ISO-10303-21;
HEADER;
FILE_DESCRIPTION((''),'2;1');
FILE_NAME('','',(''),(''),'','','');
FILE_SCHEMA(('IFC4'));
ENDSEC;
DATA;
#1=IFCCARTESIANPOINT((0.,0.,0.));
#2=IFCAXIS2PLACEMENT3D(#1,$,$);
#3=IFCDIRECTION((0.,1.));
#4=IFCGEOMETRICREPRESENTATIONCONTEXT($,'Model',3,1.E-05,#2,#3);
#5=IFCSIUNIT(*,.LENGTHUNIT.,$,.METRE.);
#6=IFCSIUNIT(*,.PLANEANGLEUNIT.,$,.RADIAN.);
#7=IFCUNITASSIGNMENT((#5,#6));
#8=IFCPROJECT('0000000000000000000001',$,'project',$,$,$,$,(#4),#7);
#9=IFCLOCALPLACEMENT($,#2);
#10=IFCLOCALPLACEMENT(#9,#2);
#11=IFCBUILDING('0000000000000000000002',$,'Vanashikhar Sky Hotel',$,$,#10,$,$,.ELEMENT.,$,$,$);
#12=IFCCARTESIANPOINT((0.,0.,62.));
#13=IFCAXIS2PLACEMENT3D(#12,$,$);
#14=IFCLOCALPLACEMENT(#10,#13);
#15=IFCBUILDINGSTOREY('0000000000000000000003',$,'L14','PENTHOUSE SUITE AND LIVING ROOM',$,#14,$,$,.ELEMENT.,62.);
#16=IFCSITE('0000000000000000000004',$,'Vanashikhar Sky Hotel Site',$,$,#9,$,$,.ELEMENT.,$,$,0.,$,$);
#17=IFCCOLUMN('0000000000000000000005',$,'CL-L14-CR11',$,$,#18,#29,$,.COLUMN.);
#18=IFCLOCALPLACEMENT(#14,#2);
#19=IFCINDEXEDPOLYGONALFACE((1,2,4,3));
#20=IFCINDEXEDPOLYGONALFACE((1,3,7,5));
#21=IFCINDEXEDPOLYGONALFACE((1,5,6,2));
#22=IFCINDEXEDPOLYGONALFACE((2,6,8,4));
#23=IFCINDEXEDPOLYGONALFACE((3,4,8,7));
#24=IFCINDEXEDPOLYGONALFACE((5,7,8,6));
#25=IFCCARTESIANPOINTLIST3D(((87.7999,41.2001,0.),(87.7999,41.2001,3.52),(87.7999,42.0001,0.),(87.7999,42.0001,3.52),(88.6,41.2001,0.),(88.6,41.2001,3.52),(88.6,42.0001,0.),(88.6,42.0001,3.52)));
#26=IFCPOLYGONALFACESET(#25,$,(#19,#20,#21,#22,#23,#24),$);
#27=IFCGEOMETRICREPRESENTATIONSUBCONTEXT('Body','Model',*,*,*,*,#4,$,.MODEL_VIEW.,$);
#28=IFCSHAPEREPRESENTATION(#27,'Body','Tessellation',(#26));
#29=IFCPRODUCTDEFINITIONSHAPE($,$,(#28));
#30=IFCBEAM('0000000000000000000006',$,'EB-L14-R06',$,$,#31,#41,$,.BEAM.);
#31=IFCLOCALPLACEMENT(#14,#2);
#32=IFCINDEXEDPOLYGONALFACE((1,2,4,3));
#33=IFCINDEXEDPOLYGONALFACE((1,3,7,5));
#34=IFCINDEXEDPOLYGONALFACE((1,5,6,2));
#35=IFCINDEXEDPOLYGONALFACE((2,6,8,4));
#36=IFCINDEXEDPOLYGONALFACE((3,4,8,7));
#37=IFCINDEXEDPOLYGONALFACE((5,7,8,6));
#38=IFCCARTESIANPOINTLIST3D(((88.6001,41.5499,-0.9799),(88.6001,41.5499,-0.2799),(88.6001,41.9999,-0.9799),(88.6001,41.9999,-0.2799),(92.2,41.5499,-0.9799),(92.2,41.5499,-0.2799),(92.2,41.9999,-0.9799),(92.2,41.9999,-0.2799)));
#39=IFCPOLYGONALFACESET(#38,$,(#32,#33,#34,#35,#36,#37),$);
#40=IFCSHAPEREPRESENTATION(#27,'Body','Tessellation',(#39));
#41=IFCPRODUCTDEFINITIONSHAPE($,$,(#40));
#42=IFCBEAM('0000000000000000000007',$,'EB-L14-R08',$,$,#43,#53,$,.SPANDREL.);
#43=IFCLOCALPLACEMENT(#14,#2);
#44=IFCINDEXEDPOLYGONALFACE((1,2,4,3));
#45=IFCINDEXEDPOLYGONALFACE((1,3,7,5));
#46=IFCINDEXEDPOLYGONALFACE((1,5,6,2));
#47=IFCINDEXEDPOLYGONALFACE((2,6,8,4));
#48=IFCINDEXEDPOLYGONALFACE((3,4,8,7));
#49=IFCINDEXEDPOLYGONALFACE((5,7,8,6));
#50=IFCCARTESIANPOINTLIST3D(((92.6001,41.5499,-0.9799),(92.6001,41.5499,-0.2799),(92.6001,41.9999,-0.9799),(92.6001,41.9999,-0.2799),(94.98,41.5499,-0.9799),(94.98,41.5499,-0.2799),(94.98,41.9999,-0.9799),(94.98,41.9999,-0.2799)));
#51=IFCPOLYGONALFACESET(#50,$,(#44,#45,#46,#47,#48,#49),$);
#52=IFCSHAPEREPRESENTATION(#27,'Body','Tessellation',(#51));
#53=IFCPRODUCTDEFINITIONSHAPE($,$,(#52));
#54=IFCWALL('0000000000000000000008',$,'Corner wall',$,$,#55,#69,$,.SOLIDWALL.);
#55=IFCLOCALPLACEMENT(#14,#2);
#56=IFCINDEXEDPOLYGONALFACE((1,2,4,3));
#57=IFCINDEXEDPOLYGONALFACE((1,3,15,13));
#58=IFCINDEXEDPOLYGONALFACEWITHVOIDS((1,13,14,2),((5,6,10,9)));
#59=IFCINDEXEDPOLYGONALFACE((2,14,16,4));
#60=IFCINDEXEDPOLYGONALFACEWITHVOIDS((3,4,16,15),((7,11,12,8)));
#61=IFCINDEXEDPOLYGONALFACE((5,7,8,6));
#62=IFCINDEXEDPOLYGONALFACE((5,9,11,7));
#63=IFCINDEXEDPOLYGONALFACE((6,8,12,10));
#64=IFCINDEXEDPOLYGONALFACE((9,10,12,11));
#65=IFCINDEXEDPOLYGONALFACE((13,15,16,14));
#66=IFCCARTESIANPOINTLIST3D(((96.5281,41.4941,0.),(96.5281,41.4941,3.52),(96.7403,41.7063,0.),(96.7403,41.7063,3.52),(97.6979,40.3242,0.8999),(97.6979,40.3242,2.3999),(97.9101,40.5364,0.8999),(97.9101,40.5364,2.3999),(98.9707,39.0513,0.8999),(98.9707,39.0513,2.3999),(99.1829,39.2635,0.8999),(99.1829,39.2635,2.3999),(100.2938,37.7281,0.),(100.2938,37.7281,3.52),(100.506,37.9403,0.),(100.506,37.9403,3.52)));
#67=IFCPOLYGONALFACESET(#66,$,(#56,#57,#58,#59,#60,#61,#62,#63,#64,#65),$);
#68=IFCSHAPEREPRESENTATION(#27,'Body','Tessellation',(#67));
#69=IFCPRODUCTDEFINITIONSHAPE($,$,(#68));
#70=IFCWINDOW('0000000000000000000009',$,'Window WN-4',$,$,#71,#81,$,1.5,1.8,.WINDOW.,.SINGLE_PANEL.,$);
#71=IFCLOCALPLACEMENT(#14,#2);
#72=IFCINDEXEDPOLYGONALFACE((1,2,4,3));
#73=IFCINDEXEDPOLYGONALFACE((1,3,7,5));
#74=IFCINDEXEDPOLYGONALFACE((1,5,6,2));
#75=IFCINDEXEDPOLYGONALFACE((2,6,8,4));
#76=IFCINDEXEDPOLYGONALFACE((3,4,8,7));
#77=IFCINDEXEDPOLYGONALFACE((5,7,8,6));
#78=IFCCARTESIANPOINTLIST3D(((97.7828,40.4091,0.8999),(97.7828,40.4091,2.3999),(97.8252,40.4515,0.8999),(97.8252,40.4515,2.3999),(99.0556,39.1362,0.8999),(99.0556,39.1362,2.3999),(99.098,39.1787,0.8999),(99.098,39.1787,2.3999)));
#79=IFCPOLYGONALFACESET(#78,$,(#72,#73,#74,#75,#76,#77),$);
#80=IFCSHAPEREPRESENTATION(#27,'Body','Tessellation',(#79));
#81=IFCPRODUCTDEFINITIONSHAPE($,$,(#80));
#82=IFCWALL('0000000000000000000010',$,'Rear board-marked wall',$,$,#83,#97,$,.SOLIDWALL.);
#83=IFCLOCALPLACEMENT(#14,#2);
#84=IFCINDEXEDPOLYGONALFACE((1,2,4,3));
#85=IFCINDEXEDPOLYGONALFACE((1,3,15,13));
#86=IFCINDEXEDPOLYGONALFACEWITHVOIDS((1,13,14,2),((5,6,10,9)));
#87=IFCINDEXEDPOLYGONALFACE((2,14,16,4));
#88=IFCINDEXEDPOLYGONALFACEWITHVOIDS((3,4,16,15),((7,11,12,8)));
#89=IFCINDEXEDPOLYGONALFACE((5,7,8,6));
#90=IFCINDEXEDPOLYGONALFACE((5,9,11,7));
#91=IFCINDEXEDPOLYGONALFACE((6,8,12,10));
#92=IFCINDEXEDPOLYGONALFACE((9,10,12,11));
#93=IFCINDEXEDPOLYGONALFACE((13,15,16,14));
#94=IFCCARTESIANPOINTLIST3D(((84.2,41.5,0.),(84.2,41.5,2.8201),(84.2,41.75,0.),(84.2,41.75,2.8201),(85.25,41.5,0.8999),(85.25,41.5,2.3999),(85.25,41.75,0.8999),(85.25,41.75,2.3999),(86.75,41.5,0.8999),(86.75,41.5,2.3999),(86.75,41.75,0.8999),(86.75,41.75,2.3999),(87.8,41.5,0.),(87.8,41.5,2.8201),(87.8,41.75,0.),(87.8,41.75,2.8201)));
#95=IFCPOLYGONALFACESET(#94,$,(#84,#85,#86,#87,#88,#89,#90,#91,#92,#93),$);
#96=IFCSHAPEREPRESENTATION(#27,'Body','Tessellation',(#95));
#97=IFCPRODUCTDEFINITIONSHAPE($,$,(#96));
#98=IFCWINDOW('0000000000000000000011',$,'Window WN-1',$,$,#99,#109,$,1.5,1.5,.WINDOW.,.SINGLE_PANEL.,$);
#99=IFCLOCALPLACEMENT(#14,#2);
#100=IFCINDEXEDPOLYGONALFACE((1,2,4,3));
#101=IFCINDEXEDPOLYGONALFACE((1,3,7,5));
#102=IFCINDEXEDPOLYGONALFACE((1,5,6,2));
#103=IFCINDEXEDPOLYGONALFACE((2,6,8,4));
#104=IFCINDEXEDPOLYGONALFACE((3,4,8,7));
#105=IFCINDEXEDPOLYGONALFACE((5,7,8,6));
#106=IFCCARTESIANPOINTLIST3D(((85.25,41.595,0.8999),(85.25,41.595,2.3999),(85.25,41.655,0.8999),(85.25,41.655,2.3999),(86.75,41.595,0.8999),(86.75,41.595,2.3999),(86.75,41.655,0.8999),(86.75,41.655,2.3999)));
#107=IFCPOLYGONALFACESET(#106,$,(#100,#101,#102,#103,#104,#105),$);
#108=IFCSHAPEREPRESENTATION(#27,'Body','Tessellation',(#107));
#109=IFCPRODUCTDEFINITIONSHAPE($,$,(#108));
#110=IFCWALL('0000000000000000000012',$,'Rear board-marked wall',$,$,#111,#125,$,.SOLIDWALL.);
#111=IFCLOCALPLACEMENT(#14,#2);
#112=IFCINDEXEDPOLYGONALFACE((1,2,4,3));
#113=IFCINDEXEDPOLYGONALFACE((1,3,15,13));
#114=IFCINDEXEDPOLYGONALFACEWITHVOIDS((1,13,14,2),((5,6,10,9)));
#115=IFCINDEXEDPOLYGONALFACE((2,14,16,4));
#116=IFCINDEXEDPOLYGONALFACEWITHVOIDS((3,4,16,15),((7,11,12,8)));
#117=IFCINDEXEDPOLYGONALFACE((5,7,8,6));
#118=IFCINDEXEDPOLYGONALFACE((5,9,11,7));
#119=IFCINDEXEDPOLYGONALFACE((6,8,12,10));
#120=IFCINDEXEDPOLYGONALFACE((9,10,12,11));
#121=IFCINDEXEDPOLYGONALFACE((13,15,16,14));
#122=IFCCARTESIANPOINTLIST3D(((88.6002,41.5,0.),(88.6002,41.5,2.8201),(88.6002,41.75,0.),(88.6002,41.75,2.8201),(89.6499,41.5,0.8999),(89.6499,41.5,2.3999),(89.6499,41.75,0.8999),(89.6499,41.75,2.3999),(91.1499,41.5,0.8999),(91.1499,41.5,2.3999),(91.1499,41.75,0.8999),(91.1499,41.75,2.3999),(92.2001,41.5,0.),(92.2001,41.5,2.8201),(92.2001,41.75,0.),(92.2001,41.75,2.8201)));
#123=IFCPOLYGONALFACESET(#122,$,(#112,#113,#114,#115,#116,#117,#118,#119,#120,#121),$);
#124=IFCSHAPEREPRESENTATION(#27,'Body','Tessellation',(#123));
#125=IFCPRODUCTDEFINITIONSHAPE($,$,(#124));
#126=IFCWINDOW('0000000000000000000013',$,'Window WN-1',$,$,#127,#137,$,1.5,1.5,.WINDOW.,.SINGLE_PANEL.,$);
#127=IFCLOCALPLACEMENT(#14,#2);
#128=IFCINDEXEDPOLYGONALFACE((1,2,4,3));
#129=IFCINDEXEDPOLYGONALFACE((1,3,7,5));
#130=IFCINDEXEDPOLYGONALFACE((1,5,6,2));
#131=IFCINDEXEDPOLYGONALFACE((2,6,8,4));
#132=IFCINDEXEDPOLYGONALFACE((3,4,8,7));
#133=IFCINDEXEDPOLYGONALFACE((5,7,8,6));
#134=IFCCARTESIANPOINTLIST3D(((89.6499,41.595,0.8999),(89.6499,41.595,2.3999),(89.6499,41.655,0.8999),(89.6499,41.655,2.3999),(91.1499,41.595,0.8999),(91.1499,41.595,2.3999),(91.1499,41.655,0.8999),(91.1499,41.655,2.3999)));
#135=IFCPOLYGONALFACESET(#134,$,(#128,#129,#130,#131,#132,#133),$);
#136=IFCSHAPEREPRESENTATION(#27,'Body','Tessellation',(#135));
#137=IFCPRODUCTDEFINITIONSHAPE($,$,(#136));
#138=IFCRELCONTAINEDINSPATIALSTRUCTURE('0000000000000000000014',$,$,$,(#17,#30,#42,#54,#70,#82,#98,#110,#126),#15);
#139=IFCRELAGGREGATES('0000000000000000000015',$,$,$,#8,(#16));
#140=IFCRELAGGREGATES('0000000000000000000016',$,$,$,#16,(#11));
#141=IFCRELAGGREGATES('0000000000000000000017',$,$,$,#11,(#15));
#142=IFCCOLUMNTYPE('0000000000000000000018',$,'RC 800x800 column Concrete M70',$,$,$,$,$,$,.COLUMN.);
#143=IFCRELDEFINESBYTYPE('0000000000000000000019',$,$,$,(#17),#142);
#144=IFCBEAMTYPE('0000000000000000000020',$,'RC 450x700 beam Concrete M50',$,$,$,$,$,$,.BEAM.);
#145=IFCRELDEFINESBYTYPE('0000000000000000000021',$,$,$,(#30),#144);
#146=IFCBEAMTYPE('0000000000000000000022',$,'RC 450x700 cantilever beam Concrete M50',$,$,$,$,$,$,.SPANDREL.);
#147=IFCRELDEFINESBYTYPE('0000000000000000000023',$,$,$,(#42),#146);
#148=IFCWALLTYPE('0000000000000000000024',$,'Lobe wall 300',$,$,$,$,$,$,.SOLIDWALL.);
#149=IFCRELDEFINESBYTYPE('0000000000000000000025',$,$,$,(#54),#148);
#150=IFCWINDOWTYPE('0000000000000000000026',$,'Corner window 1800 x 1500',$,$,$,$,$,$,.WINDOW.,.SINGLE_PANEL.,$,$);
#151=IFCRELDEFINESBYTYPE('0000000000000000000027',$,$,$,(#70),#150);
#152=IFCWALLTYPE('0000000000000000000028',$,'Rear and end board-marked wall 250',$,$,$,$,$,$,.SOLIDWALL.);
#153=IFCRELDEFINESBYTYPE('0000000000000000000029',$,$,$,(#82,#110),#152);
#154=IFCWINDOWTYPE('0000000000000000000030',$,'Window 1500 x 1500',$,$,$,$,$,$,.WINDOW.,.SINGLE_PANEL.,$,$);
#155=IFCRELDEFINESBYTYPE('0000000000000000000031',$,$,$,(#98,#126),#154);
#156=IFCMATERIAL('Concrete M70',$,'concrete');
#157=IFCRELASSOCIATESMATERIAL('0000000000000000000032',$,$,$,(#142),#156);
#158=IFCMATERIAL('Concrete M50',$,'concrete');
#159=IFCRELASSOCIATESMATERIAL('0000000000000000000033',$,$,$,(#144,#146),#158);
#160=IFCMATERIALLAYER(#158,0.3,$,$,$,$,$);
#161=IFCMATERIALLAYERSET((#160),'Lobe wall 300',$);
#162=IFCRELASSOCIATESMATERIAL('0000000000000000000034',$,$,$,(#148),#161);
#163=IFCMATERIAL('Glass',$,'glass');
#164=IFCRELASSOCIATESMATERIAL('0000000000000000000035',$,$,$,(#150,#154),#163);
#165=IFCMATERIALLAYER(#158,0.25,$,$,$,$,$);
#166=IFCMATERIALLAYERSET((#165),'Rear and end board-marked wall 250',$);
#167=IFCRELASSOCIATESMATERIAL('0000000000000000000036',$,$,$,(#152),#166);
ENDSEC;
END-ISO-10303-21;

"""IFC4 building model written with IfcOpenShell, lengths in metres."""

from ifc_helpers import new_model, si_unit, direction, frame, frame_2d, origin, origin_2d, place, context, subcontext, project, spatial, rectangle, extrude, source, transform, mapped, material, layer, layer_set, material_profile, profile_set, type_object, element, fill, save


model = new_model("IFC4")

# Units and contexts
model_context = context("Model", 3, precision=1e-05, world=origin(), true_north=direction((0.0, 1.0)))
body_context = subcontext(model_context, "Body", "Model", "MODEL_VIEW")
ifc_project = project(units=[si_unit("LENGTHUNIT", "METRE"), si_unit("PLANEANGLEUNIT", "RADIAN")], contexts=[model_context])

# Site, building, storey
site_placement = place(None, origin())
site = spatial("IfcSite", under=ifc_project, at=site_placement, Name="Vanashikhar Sky Hotel Site", CompositionType="ELEMENT", RefElevation=0.0)
building_placement = place(site_placement, origin())
building = spatial("IfcBuilding", under=site, at=building_placement, Name="Vanashikhar Sky Hotel", CompositionType="ELEMENT")
storey_placement = place(building_placement, frame((0.0, 0.0, 62.0)))
storey = spatial("IfcBuildingStorey", under=building, at=storey_placement, Name="L14", Description="PENTHOUSE SUITE AND LIVING ROOM", CompositionType="ELEMENT", Elevation=62.0)

# Column
ifc_material_1 = material(Name="Concrete M70", Category="concrete")
ifc_material_profile_1 = material_profile(ifc_material_1, rectangle(XDim=0.8, YDim=0.8, at=origin_2d()))
ifc_profile_set_1 = profile_set([ifc_material_profile_1], Name="RC 800x800 column Concrete M70")
column_type = type_object("IfcColumnType", Name="RC 800x800 column Concrete M70", PredefinedType="COLUMN", material=ifc_profile_set_1)
shared_shape_1 = source(origin(), body_context, "Body", "SweptSolid", [
    extrude(rectangle(XDim=0.8, YDim=0.8, at=origin_2d()), origin(), (0.0, 0.0, 1.0), 3.52),
])
column_placement = place(storey_placement, frame((88.2, 41.6001, 0.0), z_axis=(0.0, 0.0, 1.0), x_axis=(1.0, 0.0, 0.0)))
element("IfcColumn", 1, at=column_placement, inside=storey, type_object=column_type, Name="CL-L14-CR11", PredefinedType="COLUMN", context=body_context, shape_type="MappedRepresentation", body=[
    mapped(shared_shape_1, transform((0.0, 0.0, 0.0), scale=1.0)),
])

# Beams
ifc_material_2 = material(Name="Concrete M50", Category="concrete")
ifc_material_profile_2 = material_profile(ifc_material_2, rectangle(XDim=0.45, YDim=0.7, at=origin_2d()))
ifc_profile_set_2 = profile_set([ifc_material_profile_2], Name="RC 450x700 beam Concrete M50")
beam_type_1 = type_object("IfcBeamType", Name="RC 450x700 beam Concrete M50", PredefinedType="BEAM", material=ifc_profile_set_2)
shared_shape_2 = source(origin(), body_context, "Body", "SweptSolid", [
    extrude(rectangle(XDim=0.45, YDim=0.7, at=origin_2d()), origin(), (0.0, 0.0, 1.0), 3.5999),
])
beam_1_placement = place(storey_placement, frame((88.6001, 41.7749, -0.6299), z_axis=(1.0, 0.0, 0.0), x_axis=(0.0, 1.0, 0.0)))
element("IfcBeam", 2, at=beam_1_placement, inside=storey, type_object=beam_type_1, Name="EB-L14-R06", PredefinedType="BEAM", context=body_context, shape_type="MappedRepresentation", body=[
    mapped(shared_shape_2, transform((0.0, 0.0, 0.0), scale=1.0)),
])
ifc_material_profile_3 = material_profile(ifc_material_2, rectangle(XDim=0.45, YDim=0.7, at=origin_2d()))
ifc_profile_set_3 = profile_set([ifc_material_profile_3], Name="RC 450x700 cantilever beam Concrete M50")
beam_type_2 = type_object("IfcBeamType", Name="RC 450x700 cantilever beam Concrete M50", PredefinedType="SPANDREL", material=ifc_profile_set_3)
shared_shape_3 = source(origin(), body_context, "Body", "SweptSolid", [
    extrude(rectangle(XDim=0.45, YDim=0.7, at=origin_2d()), origin(), (0.0, 0.0, 1.0), 2.3799),
])
beam_2_placement = place(storey_placement, frame((92.6001, 41.7749, -0.6299), z_axis=(1.0, 0.0, 0.0), x_axis=(0.0, 1.0, 0.0)))
element("IfcBeam", 3, at=beam_2_placement, inside=storey, type_object=beam_type_2, Name="EB-L14-R08", PredefinedType="SPANDREL", context=body_context, shape_type="MappedRepresentation", body=[
    mapped(shared_shape_3, transform((0.0, 0.0, 0.0), scale=1.0)),
])

# Walls, openings, windows
ifc_layer_1 = layer(ifc_material_2, 0.3)
ifc_layer_set_1 = layer_set([ifc_layer_1], Name="Lobe wall 300")
wall_type_1 = type_object("IfcWallType", Name="Lobe wall 300", PredefinedType="SOLIDWALL", material=ifc_layer_set_1)
shared_shape_4 = source(origin(), body_context, "Body", "SweptSolid", [
    extrude(rectangle(XDim=5.3257, YDim=0.3, at=frame_2d((2.6628, 0.0))), origin(), (0.0, 0.0, 1.0), 3.52),
])
wall_1_placement = place(storey_placement, frame((100.3999, 37.8342, 0.0), z_axis=(0.0, 0.0, 1.0), x_axis=(-0.707084, 0.70713, 0.0)))
wall_1 = element("IfcWall", 4, at=wall_1_placement, inside=storey, type_object=wall_type_1, Name="Corner wall", PredefinedType="SOLIDWALL", context=body_context, shape_type="MappedRepresentation", body=[
    mapped(shared_shape_4, transform((0.0, 0.0, 0.0), scale=1.0)),
])
shared_shape_5 = source(origin(), body_context, "Body", "SweptSolid", [
    extrude(rectangle(XDim=1.8, YDim=1.5, at=frame_2d((0.8999, 0.75))), frame((0.0, 0.1602, 0.0), z_axis=(0.0, -1.0, 0.0), x_axis=(1.0, 0.0, 0.0)), (0.0, 0.0, 1.0), 0.3201),
])
opening_1_placement = place(wall_1_placement, frame((1.8713, 0.0, 0.8999)))
opening_1 = element("IfcOpeningElement", 5, at=opening_1_placement, cuts=wall_1, PredefinedType="OPENING", context=body_context, shape_type="MappedRepresentation", body=[
    mapped(shared_shape_5, transform((0.0, 0.0, 0.0), scale=1.0)),
])
ifc_material_3 = material(Name="Glass", Category="glass")
window_type_1 = type_object("IfcWindowType", Name="Corner window 1800 x 1500", PartitioningType="SINGLE_PANEL", PredefinedType="WINDOW", material=ifc_material_3)
shared_shape_6 = source(origin(), body_context, "Body", "SweptSolid", [
    extrude(rectangle(XDim=1.8, YDim=1.5, at=frame_2d((0.8999, 0.75))), frame((0.0, 0.03, 0.0), z_axis=(0.0, -1.0, 0.0), x_axis=(1.0, 0.0, 0.0)), (0.0, 0.0, 1.0), 0.0601),
])
window_1_placement = place(opening_1_placement, origin())
window_1 = element("IfcWindow", 6, at=window_1_placement, inside=storey, type_object=window_type_1, Name="Window WN-4", OverallHeight=1.5, OverallWidth=1.8, PartitioningType="SINGLE_PANEL", PredefinedType="WINDOW", context=body_context, shape_type="MappedRepresentation", body=[
    mapped(shared_shape_6, transform((0.0, 0.0, 0.0), scale=1.0)),
])
fill(opening_1, window_1)
ifc_layer_2 = layer(ifc_material_2, 0.25)
ifc_layer_set_2 = layer_set([ifc_layer_2], Name="Rear and end board-marked wall 250")
wall_type_2 = type_object("IfcWallType", Name="Rear and end board-marked wall 250", PredefinedType="SOLIDWALL", material=ifc_layer_set_2)
shared_shape_7 = source(origin(), body_context, "Body", "SweptSolid", [
    extrude(rectangle(XDim=3.6001, YDim=0.25, at=frame_2d((1.8, 0.0))), origin(), (0.0, 0.0, 1.0), 2.8201),
])
wall_2_placement = place(storey_placement, frame((87.8, 41.625, 0.0), z_axis=(0.0, 0.0, 1.0), x_axis=(-1.0, 0.0, 0.0)))
wall_2 = element("IfcWall", 7, at=wall_2_placement, inside=storey, type_object=wall_type_2, Name="Rear board-marked wall", PredefinedType="SOLIDWALL", context=body_context, shape_type="MappedRepresentation", body=[
    mapped(shared_shape_7, transform((0.0, 0.0, 0.0), scale=1.0)),
])
shared_shape_8 = source(origin(), body_context, "Body", "SweptSolid", [
    extrude(rectangle(XDim=1.5, YDim=1.5, at=frame_2d((0.75, 0.75))), frame((0.0, 0.135, 0.0), z_axis=(0.0, -1.0, 0.0), x_axis=(1.0, 0.0, 0.0)), (0.0, 0.0, 1.0), 0.27),
])
opening_2_placement = place(wall_2_placement, frame((1.05, 0.0, 0.8999)))
opening_2 = element("IfcOpeningElement", 8, at=opening_2_placement, cuts=wall_2, PredefinedType="OPENING", context=body_context, shape_type="MappedRepresentation", body=[
    mapped(shared_shape_8, transform((0.0, 0.0, 0.0), scale=1.0)),
])
window_type_2 = type_object("IfcWindowType", Name="Window 1500 x 1500", PartitioningType="SINGLE_PANEL", PredefinedType="WINDOW", material=ifc_material_3)
shared_shape_9 = source(origin(), body_context, "Body", "SweptSolid", [
    extrude(rectangle(XDim=1.5, YDim=1.5, at=frame_2d((0.75, 0.75))), frame((0.0, 0.03, 0.0), z_axis=(0.0, -1.0, 0.0), x_axis=(1.0, 0.0, 0.0)), (0.0, 0.0, 1.0), 0.0601),
])
window_2_placement = place(opening_2_placement, origin())
window_2 = element("IfcWindow", 9, at=window_2_placement, inside=storey, type_object=window_type_2, Name="Window WN-1", OverallHeight=1.5, OverallWidth=1.5, PartitioningType="SINGLE_PANEL", PredefinedType="WINDOW", context=body_context, shape_type="MappedRepresentation", body=[
    mapped(shared_shape_9, transform((0.0, 0.0, 0.0), scale=1.0)),
])
fill(opening_2, window_2)
shared_shape_10 = source(origin(), body_context, "Body", "SweptSolid", [
    extrude(rectangle(XDim=3.5999, YDim=0.25, at=frame_2d((1.7998, 0.0))), origin(), (0.0, 0.0, 1.0), 2.8201),
])
wall_3_placement = place(storey_placement, frame((92.2, 41.625, 0.0), z_axis=(0.0, 0.0, 1.0), x_axis=(-1.0, 0.0, 0.0)))
wall_3 = element("IfcWall", 10, at=wall_3_placement, inside=storey, type_object=wall_type_2, Name="Rear board-marked wall", PredefinedType="SOLIDWALL", context=body_context, shape_type="MappedRepresentation", body=[
    mapped(shared_shape_10, transform((0.0, 0.0, 0.0), scale=1.0)),
])
opening_3_placement = place(wall_3_placement, frame((1.05, 0.0, 0.8999)))
opening_3 = element("IfcOpeningElement", 11, at=opening_3_placement, cuts=wall_3, PredefinedType="OPENING", context=body_context, shape_type="MappedRepresentation", body=[
    mapped(shared_shape_8, transform((0.0, 0.0, 0.0), scale=1.0)),
])
window_3_placement = place(opening_3_placement, origin())
window_3 = element("IfcWindow", 12, at=window_3_placement, inside=storey, type_object=window_type_2, Name="Window WN-1", OverallHeight=1.5, OverallWidth=1.5, PartitioningType="SINGLE_PANEL", PredefinedType="WINDOW", context=body_context, shape_type="MappedRepresentation", body=[
    mapped(shared_shape_9, transform((0.0, 0.0, 0.0), scale=1.0)),
])
fill(opening_3, window_3)

save(model, "model.ifc")
